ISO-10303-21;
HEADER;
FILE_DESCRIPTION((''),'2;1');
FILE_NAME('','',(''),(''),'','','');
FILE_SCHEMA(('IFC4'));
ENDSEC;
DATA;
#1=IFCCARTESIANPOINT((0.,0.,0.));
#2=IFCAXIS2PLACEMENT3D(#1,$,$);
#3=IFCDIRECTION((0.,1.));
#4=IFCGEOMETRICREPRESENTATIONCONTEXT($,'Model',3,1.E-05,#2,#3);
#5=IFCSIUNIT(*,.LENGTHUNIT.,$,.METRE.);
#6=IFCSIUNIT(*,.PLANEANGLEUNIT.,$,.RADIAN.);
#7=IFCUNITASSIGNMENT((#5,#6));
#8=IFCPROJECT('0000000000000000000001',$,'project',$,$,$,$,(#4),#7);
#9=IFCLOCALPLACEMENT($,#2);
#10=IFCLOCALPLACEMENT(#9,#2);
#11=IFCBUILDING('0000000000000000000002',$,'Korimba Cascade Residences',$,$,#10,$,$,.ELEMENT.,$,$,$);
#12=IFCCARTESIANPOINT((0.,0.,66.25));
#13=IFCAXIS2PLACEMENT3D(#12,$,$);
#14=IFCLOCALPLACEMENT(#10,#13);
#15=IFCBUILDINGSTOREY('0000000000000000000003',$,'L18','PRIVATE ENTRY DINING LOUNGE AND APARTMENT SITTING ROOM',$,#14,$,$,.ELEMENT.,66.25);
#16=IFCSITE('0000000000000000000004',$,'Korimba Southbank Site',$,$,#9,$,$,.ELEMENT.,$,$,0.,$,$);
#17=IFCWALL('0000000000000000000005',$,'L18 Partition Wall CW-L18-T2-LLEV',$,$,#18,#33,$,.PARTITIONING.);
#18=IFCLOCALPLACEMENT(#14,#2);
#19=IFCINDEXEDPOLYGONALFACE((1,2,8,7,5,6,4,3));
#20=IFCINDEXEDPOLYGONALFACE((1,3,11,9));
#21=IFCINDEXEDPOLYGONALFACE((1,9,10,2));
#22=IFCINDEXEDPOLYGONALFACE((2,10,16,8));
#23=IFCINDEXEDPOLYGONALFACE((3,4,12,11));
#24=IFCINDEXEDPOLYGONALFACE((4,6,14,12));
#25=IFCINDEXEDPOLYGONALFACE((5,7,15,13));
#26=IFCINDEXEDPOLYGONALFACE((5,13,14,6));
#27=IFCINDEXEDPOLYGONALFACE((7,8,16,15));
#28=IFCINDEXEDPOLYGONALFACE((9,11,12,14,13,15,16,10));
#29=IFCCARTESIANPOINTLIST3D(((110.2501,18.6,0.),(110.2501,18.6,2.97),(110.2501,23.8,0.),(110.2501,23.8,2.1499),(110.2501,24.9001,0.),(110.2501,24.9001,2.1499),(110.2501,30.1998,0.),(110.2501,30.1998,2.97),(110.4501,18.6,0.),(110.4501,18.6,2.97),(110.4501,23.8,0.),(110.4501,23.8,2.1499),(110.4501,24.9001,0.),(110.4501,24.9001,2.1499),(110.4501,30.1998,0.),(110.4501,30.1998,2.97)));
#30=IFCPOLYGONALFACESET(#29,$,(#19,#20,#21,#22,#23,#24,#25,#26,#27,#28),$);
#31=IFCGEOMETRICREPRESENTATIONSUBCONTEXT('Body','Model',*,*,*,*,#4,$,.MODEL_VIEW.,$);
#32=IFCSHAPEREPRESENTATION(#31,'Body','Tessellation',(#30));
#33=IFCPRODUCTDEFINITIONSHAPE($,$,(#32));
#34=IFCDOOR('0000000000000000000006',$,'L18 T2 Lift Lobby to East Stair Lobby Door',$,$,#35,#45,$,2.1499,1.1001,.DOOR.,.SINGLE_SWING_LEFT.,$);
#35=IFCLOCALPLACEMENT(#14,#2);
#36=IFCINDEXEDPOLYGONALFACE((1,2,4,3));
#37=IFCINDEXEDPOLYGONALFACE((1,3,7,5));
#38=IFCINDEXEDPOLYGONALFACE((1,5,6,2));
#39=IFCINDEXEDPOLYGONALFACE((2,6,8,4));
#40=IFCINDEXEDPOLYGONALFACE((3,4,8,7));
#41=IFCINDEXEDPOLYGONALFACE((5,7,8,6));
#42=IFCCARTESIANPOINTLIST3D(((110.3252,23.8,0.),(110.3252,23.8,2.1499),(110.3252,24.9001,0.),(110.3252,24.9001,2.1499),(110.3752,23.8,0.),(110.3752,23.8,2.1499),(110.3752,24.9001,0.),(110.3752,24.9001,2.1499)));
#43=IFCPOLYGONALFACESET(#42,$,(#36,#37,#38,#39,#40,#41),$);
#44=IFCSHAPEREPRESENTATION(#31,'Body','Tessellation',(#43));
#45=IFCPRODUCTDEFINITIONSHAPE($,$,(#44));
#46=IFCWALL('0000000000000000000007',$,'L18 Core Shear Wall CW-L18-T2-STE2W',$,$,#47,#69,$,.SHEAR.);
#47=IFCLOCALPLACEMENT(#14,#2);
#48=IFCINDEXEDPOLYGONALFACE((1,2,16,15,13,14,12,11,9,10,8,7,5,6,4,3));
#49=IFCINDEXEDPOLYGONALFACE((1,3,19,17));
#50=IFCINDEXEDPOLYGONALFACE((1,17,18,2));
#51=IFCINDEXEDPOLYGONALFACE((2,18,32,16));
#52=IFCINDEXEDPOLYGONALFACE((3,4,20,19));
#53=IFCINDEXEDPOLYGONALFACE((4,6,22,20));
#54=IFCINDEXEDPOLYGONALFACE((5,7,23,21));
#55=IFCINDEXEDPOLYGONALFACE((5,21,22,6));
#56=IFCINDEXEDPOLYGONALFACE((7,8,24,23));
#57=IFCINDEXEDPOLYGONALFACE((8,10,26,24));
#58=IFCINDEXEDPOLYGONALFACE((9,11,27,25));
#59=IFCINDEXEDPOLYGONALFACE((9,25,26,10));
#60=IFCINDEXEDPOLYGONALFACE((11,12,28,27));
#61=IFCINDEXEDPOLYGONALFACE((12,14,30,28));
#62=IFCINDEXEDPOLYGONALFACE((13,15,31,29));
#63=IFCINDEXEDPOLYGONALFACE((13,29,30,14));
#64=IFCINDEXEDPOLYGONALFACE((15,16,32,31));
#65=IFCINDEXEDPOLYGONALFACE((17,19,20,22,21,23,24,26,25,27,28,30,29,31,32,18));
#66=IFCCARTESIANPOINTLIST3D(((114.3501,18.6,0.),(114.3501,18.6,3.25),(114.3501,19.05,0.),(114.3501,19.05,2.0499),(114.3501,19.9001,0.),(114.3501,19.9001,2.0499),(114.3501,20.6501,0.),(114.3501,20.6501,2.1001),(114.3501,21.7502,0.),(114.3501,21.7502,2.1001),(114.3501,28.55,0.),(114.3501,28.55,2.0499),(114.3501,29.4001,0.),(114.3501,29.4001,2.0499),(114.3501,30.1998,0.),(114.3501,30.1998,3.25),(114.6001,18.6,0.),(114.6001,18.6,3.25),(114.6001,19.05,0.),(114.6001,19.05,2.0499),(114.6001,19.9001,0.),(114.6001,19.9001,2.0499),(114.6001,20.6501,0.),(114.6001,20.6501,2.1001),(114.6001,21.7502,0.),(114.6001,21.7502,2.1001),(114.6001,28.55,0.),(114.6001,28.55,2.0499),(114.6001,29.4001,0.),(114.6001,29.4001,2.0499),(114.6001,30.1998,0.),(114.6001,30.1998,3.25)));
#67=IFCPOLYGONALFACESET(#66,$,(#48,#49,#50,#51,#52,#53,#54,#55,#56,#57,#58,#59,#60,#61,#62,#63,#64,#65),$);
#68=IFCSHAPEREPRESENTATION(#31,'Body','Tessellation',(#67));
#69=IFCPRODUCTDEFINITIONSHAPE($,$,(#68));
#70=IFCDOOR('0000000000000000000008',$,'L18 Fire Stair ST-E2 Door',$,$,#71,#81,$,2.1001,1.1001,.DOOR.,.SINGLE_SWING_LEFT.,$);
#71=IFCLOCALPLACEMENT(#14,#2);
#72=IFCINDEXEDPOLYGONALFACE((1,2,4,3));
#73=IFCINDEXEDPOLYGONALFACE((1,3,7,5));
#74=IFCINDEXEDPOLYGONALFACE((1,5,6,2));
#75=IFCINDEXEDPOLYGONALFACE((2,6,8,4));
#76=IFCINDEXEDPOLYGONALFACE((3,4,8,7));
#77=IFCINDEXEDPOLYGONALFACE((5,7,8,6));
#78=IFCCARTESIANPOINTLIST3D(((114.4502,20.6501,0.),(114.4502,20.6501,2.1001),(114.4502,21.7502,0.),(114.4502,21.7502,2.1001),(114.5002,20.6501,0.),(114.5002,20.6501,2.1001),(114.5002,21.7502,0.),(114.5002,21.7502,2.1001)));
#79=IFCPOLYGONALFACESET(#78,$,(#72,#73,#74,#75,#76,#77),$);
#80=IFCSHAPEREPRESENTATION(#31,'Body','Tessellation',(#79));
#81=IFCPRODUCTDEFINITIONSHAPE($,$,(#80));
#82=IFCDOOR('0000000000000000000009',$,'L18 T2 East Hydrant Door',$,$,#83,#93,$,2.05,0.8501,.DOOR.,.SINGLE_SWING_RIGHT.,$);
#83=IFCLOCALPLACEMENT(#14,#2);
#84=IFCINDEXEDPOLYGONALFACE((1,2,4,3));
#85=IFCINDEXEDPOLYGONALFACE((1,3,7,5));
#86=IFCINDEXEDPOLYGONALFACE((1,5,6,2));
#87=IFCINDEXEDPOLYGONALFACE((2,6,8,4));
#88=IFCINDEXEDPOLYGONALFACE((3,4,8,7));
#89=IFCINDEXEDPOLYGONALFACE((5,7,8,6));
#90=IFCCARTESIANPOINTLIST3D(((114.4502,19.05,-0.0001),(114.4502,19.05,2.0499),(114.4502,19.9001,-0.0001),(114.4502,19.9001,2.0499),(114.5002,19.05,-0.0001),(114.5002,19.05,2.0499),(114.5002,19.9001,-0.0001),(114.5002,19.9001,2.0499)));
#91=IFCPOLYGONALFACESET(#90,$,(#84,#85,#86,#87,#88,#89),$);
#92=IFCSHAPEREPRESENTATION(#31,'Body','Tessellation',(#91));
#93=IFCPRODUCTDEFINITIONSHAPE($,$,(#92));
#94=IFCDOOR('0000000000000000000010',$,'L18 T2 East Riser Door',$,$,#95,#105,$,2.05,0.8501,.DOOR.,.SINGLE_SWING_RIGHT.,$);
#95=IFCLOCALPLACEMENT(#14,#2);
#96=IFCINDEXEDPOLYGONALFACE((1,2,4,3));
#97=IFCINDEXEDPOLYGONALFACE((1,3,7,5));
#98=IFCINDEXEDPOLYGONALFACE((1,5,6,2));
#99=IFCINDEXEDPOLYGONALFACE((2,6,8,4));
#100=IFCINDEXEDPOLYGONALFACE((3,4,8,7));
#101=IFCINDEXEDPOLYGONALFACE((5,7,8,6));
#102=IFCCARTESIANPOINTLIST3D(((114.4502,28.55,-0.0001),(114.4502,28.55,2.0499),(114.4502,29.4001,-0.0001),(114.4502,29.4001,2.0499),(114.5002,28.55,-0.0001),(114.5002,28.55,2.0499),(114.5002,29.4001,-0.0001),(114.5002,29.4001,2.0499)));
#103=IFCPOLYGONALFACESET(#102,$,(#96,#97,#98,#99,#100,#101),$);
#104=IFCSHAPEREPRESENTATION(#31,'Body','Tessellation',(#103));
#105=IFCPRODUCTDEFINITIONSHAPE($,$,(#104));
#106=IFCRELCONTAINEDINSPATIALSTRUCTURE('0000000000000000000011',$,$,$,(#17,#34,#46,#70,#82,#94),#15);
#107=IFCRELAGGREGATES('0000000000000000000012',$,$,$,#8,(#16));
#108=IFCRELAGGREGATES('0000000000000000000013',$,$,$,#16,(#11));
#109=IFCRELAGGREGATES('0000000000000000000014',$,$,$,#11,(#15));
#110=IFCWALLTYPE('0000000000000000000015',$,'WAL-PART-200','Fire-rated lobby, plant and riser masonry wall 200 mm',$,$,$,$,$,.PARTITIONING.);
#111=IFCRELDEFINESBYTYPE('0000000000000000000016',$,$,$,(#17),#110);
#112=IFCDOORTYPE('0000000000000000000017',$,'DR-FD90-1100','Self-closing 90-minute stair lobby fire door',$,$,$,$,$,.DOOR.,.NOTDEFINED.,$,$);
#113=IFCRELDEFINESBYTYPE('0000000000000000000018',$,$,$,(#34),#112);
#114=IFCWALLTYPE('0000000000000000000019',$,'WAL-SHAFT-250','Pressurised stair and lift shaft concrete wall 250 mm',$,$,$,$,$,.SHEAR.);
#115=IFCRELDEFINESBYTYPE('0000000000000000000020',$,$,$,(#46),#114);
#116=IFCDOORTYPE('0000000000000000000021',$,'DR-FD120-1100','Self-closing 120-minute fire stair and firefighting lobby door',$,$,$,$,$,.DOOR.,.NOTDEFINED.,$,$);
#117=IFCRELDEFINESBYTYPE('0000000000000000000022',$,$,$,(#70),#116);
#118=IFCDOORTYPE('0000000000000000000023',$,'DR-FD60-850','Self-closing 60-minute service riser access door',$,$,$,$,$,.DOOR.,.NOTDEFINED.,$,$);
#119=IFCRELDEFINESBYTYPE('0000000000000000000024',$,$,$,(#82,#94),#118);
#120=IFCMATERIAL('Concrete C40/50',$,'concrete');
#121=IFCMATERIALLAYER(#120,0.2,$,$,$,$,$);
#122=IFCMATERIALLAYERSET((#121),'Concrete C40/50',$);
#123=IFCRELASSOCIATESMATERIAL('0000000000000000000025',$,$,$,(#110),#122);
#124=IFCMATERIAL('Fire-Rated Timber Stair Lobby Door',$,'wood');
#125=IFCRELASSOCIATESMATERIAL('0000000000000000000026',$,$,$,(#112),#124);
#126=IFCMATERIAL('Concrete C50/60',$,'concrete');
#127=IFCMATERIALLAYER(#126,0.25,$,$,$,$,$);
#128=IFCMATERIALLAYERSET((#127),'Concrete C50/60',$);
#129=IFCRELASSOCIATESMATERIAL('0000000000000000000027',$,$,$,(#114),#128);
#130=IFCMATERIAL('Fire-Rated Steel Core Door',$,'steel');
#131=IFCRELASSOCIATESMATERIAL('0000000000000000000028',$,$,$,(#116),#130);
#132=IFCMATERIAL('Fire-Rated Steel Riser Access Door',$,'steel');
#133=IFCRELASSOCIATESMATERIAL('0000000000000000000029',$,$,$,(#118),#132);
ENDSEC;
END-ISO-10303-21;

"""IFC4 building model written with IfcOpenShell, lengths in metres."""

from ifc_helpers import new_model, si_unit, direction, frame, frame_2d, origin, place, context, subcontext, project, spatial, rectangle, extrude, material, layer, layer_set, type_object, element, fill, save


model = new_model("IFC4")

# Units and contexts
model_context = context("Model", 3, precision=1e-05, world=origin(), true_north=direction((0.0, 1.0)))
body_context = subcontext(model_context, "Body", "Model", "MODEL_VIEW")
ifc_project = project(units=[si_unit("LENGTHUNIT", "METRE"), si_unit("PLANEANGLEUNIT", "RADIAN")], contexts=[model_context])

# Site, building, storey
site_placement = place(None, origin())
site = spatial("IfcSite", under=ifc_project, at=site_placement, Name="Korimba Southbank Site", CompositionType="ELEMENT", RefElevation=0.0)
building_placement = place(site_placement, origin())
building = spatial("IfcBuilding", under=site, at=building_placement, Name="Korimba Cascade Residences", CompositionType="ELEMENT")
storey_placement = place(building_placement, frame((0.0, 0.0, 66.25)))
storey = spatial("IfcBuildingStorey", under=building, at=storey_placement, Name="L18", Description="PRIVATE ENTRY DINING LOUNGE AND APARTMENT SITTING ROOM", CompositionType="ELEMENT", Elevation=66.25)

# Shared definitions
ifc_material_1 = material(Name="Concrete C50/60", Category="concrete")

# Wall, opening, door
ifc_material_2 = material(Name="Concrete C40/50", Category="concrete")
ifc_layer_1 = layer(ifc_material_2, 0.2)
ifc_layer_set_1 = layer_set([ifc_layer_1], Name="Concrete C40/50")
wall_type_1 = type_object("IfcWallType", Name="WAL-PART-200", Description="Fire-rated lobby, plant and riser masonry wall 200 mm", PredefinedType="PARTITIONING", material=ifc_layer_set_1)
wall_1_placement = place(storey_placement, frame((110.3501, 18.6001, 0.0), z_axis=(0.0, 0.0, 1.0), x_axis=(0.0, 1.0, 0.0)))
wall_1 = element("IfcWall", 1, at=wall_1_placement, inside=storey, type_object=wall_type_1, Name="L18 Partition Wall CW-L18-T2-LLEV", PredefinedType="PARTITIONING", context=body_context, shape_type="SweptSolid", body=[
    extrude(rectangle(XDim=11.5999, YDim=0.2, at=frame_2d((5.7998, 0.0))), origin(), (0.0, 0.0, 1.0), 2.97),
])
opening_1_placement = place(wall_1_placement, frame((5.2, 0.0, 0.0)))
opening_1 = element("IfcOpeningElement", 2, at=opening_1_placement, cuts=wall_1, PredefinedType="OPENING", context=body_context, shape_type="SweptSolid", body=[
    extrude(rectangle(XDim=1.1001, YDim=2.1499, at=frame_2d((0.55, 1.075))), frame((0.0, 0.1099, 0.0), z_axis=(0.0, -1.0, 0.0), x_axis=(1.0, 0.0, 0.0)), (0.0, 0.0, 1.0), 0.22),
])
ifc_material_3 = material(Name="Fire-Rated Timber Stair Lobby Door", Category="wood")
door_type_1 = type_object("IfcDoorType", Name="DR-FD90-1100", Description="Self-closing 90-minute stair lobby fire door", OperationType="NOTDEFINED", PredefinedType="DOOR", material=ifc_material_3)
door_1_placement = place(opening_1_placement, origin())
door_1 = element("IfcDoor", 3, at=door_1_placement, inside=storey, type_object=door_type_1, Name="L18 T2 Lift Lobby to East Stair Lobby Door", OperationType="SINGLE_SWING_LEFT", OverallHeight=2.1499, OverallWidth=1.1001, PredefinedType="DOOR", context=body_context, shape_type="SweptSolid", body=[
    extrude(rectangle(XDim=1.1001, YDim=2.1499, at=frame_2d((0.55, 1.075))), frame((0.0, 0.0249, 0.0), z_axis=(0.0, -1.0, 0.0), x_axis=(1.0, 0.0, 0.0)), (0.0, 0.0, 1.0), 0.05),
])
fill(opening_1, door_1)

# Wall, openings, doors
ifc_layer_2 = layer(ifc_material_1, 0.25)
ifc_layer_set_2 = layer_set([ifc_layer_2], Name="Concrete C50/60")
wall_type_2 = type_object("IfcWallType", Name="WAL-SHAFT-250", Description="Pressurised stair and lift shaft concrete wall 250 mm", PredefinedType="SHEAR", material=ifc_layer_set_2)
wall_2_placement = place(storey_placement, frame((114.4751, 18.6001, 0.0), z_axis=(0.0, 0.0, 1.0), x_axis=(0.0, 1.0, 0.0)))
wall_2 = element("IfcWall", 4, at=wall_2_placement, inside=storey, type_object=wall_type_2, Name="L18 Core Shear Wall CW-L18-T2-STE2W", PredefinedType="SHEAR", context=body_context, shape_type="SweptSolid", body=[
    extrude(rectangle(XDim=11.5999, YDim=0.25, at=frame_2d((5.7998, 0.0))), origin(), (0.0, 0.0, 1.0), 3.25),
])
opening_2_placement = place(wall_2_placement, frame((0.45, 0.0, 0.0)))
opening_2 = element("IfcOpeningElement", 5, at=opening_2_placement, cuts=wall_2, PredefinedType="OPENING", context=body_context, shape_type="SweptSolid", body=[
    extrude(rectangle(XDim=0.8501, YDim=2.05, at=frame_2d((0.425, 1.0249))), frame((0.0, 0.135, 0.0), z_axis=(0.0, -1.0, 0.0), x_axis=(1.0, 0.0, 0.0)), (0.0, 0.0, 1.0), 0.27),
])
opening_3_placement = place(wall_2_placement, frame((2.05, 0.0, 0.0)))
opening_3 = element("IfcOpeningElement", 6, at=opening_3_placement, cuts=wall_2, PredefinedType="OPENING", context=body_context, shape_type="SweptSolid", body=[
    extrude(rectangle(XDim=1.1001, YDim=2.1001, at=frame_2d((0.55, 1.05))), frame((0.0, 0.135, 0.0), z_axis=(0.0, -1.0, 0.0), x_axis=(1.0, 0.0, 0.0)), (0.0, 0.0, 1.0), 0.27),
])
opening_4_placement = place(wall_2_placement, frame((9.95, 0.0, 0.0)))
opening_4 = element("IfcOpeningElement", 7, at=opening_4_placement, cuts=wall_2, PredefinedType="OPENING", context=body_context, shape_type="SweptSolid", body=[
    extrude(rectangle(XDim=0.8501, YDim=2.05, at=frame_2d((0.425, 1.0249))), frame((0.0, 0.135, 0.0), z_axis=(0.0, -1.0, 0.0), x_axis=(1.0, 0.0, 0.0)), (0.0, 0.0, 1.0), 0.27),
])
ifc_material_4 = material(Name="Fire-Rated Steel Core Door", Category="steel")
door_type_2 = type_object("IfcDoorType", Name="DR-FD120-1100", Description="Self-closing 120-minute fire stair and firefighting lobby door", OperationType="NOTDEFINED", PredefinedType="DOOR", material=ifc_material_4)
door_2_placement = place(opening_3_placement, origin())
door_2 = element("IfcDoor", 8, at=door_2_placement, inside=storey, type_object=door_type_2, Name="L18 Fire Stair ST-E2 Door", OperationType="SINGLE_SWING_LEFT", OverallHeight=2.1001, OverallWidth=1.1001, PredefinedType="DOOR", context=body_context, shape_type="SweptSolid", body=[
    extrude(rectangle(XDim=1.1001, YDim=2.1001, at=frame_2d((0.55, 1.05))), frame((0.0, 0.0249, 0.0), z_axis=(0.0, -1.0, 0.0), x_axis=(1.0, 0.0, 0.0)), (0.0, 0.0, 1.0), 0.05),
])
fill(opening_3, door_2)
ifc_material_5 = material(Name="Fire-Rated Steel Riser Access Door", Category="steel")
door_type_3 = type_object("IfcDoorType", Name="DR-FD60-850", Description="Self-closing 60-minute service riser access door", OperationType="NOTDEFINED", PredefinedType="DOOR", material=ifc_material_5)
door_3_placement = place(opening_2_placement, origin())
door_3 = element("IfcDoor", 9, at=door_3_placement, inside=storey, type_object=door_type_3, Name="L18 T2 East Hydrant Door", OperationType="SINGLE_SWING_RIGHT", OverallHeight=2.05, OverallWidth=0.8501, PredefinedType="DOOR", context=body_context, shape_type="SweptSolid", body=[
    extrude(rectangle(XDim=0.8501, YDim=2.05, at=frame_2d((0.425, 1.0249))), frame((0.0, 0.0249, 0.0), z_axis=(0.0, -1.0, 0.0), x_axis=(1.0, 0.0, 0.0)), (0.0, 0.0, 1.0), 0.05),
])
fill(opening_2, door_3)
door_4_placement = place(opening_4_placement, origin())
door_4 = element("IfcDoor", 10, at=door_4_placement, inside=storey, type_object=door_type_3, Name="L18 T2 East Riser Door", OperationType="SINGLE_SWING_RIGHT", OverallHeight=2.05, OverallWidth=0.8501, PredefinedType="DOOR", context=body_context, shape_type="SweptSolid", body=[
    extrude(rectangle(XDim=0.8501, YDim=2.05, at=frame_2d((0.425, 1.0249))), frame((0.0, 0.0249, 0.0), z_axis=(0.0, -1.0, 0.0), x_axis=(1.0, 0.0, 0.0)), (0.0, 0.0, 1.0), 0.05),
])
fill(opening_4, door_4)

save(model, "model.ifc")
